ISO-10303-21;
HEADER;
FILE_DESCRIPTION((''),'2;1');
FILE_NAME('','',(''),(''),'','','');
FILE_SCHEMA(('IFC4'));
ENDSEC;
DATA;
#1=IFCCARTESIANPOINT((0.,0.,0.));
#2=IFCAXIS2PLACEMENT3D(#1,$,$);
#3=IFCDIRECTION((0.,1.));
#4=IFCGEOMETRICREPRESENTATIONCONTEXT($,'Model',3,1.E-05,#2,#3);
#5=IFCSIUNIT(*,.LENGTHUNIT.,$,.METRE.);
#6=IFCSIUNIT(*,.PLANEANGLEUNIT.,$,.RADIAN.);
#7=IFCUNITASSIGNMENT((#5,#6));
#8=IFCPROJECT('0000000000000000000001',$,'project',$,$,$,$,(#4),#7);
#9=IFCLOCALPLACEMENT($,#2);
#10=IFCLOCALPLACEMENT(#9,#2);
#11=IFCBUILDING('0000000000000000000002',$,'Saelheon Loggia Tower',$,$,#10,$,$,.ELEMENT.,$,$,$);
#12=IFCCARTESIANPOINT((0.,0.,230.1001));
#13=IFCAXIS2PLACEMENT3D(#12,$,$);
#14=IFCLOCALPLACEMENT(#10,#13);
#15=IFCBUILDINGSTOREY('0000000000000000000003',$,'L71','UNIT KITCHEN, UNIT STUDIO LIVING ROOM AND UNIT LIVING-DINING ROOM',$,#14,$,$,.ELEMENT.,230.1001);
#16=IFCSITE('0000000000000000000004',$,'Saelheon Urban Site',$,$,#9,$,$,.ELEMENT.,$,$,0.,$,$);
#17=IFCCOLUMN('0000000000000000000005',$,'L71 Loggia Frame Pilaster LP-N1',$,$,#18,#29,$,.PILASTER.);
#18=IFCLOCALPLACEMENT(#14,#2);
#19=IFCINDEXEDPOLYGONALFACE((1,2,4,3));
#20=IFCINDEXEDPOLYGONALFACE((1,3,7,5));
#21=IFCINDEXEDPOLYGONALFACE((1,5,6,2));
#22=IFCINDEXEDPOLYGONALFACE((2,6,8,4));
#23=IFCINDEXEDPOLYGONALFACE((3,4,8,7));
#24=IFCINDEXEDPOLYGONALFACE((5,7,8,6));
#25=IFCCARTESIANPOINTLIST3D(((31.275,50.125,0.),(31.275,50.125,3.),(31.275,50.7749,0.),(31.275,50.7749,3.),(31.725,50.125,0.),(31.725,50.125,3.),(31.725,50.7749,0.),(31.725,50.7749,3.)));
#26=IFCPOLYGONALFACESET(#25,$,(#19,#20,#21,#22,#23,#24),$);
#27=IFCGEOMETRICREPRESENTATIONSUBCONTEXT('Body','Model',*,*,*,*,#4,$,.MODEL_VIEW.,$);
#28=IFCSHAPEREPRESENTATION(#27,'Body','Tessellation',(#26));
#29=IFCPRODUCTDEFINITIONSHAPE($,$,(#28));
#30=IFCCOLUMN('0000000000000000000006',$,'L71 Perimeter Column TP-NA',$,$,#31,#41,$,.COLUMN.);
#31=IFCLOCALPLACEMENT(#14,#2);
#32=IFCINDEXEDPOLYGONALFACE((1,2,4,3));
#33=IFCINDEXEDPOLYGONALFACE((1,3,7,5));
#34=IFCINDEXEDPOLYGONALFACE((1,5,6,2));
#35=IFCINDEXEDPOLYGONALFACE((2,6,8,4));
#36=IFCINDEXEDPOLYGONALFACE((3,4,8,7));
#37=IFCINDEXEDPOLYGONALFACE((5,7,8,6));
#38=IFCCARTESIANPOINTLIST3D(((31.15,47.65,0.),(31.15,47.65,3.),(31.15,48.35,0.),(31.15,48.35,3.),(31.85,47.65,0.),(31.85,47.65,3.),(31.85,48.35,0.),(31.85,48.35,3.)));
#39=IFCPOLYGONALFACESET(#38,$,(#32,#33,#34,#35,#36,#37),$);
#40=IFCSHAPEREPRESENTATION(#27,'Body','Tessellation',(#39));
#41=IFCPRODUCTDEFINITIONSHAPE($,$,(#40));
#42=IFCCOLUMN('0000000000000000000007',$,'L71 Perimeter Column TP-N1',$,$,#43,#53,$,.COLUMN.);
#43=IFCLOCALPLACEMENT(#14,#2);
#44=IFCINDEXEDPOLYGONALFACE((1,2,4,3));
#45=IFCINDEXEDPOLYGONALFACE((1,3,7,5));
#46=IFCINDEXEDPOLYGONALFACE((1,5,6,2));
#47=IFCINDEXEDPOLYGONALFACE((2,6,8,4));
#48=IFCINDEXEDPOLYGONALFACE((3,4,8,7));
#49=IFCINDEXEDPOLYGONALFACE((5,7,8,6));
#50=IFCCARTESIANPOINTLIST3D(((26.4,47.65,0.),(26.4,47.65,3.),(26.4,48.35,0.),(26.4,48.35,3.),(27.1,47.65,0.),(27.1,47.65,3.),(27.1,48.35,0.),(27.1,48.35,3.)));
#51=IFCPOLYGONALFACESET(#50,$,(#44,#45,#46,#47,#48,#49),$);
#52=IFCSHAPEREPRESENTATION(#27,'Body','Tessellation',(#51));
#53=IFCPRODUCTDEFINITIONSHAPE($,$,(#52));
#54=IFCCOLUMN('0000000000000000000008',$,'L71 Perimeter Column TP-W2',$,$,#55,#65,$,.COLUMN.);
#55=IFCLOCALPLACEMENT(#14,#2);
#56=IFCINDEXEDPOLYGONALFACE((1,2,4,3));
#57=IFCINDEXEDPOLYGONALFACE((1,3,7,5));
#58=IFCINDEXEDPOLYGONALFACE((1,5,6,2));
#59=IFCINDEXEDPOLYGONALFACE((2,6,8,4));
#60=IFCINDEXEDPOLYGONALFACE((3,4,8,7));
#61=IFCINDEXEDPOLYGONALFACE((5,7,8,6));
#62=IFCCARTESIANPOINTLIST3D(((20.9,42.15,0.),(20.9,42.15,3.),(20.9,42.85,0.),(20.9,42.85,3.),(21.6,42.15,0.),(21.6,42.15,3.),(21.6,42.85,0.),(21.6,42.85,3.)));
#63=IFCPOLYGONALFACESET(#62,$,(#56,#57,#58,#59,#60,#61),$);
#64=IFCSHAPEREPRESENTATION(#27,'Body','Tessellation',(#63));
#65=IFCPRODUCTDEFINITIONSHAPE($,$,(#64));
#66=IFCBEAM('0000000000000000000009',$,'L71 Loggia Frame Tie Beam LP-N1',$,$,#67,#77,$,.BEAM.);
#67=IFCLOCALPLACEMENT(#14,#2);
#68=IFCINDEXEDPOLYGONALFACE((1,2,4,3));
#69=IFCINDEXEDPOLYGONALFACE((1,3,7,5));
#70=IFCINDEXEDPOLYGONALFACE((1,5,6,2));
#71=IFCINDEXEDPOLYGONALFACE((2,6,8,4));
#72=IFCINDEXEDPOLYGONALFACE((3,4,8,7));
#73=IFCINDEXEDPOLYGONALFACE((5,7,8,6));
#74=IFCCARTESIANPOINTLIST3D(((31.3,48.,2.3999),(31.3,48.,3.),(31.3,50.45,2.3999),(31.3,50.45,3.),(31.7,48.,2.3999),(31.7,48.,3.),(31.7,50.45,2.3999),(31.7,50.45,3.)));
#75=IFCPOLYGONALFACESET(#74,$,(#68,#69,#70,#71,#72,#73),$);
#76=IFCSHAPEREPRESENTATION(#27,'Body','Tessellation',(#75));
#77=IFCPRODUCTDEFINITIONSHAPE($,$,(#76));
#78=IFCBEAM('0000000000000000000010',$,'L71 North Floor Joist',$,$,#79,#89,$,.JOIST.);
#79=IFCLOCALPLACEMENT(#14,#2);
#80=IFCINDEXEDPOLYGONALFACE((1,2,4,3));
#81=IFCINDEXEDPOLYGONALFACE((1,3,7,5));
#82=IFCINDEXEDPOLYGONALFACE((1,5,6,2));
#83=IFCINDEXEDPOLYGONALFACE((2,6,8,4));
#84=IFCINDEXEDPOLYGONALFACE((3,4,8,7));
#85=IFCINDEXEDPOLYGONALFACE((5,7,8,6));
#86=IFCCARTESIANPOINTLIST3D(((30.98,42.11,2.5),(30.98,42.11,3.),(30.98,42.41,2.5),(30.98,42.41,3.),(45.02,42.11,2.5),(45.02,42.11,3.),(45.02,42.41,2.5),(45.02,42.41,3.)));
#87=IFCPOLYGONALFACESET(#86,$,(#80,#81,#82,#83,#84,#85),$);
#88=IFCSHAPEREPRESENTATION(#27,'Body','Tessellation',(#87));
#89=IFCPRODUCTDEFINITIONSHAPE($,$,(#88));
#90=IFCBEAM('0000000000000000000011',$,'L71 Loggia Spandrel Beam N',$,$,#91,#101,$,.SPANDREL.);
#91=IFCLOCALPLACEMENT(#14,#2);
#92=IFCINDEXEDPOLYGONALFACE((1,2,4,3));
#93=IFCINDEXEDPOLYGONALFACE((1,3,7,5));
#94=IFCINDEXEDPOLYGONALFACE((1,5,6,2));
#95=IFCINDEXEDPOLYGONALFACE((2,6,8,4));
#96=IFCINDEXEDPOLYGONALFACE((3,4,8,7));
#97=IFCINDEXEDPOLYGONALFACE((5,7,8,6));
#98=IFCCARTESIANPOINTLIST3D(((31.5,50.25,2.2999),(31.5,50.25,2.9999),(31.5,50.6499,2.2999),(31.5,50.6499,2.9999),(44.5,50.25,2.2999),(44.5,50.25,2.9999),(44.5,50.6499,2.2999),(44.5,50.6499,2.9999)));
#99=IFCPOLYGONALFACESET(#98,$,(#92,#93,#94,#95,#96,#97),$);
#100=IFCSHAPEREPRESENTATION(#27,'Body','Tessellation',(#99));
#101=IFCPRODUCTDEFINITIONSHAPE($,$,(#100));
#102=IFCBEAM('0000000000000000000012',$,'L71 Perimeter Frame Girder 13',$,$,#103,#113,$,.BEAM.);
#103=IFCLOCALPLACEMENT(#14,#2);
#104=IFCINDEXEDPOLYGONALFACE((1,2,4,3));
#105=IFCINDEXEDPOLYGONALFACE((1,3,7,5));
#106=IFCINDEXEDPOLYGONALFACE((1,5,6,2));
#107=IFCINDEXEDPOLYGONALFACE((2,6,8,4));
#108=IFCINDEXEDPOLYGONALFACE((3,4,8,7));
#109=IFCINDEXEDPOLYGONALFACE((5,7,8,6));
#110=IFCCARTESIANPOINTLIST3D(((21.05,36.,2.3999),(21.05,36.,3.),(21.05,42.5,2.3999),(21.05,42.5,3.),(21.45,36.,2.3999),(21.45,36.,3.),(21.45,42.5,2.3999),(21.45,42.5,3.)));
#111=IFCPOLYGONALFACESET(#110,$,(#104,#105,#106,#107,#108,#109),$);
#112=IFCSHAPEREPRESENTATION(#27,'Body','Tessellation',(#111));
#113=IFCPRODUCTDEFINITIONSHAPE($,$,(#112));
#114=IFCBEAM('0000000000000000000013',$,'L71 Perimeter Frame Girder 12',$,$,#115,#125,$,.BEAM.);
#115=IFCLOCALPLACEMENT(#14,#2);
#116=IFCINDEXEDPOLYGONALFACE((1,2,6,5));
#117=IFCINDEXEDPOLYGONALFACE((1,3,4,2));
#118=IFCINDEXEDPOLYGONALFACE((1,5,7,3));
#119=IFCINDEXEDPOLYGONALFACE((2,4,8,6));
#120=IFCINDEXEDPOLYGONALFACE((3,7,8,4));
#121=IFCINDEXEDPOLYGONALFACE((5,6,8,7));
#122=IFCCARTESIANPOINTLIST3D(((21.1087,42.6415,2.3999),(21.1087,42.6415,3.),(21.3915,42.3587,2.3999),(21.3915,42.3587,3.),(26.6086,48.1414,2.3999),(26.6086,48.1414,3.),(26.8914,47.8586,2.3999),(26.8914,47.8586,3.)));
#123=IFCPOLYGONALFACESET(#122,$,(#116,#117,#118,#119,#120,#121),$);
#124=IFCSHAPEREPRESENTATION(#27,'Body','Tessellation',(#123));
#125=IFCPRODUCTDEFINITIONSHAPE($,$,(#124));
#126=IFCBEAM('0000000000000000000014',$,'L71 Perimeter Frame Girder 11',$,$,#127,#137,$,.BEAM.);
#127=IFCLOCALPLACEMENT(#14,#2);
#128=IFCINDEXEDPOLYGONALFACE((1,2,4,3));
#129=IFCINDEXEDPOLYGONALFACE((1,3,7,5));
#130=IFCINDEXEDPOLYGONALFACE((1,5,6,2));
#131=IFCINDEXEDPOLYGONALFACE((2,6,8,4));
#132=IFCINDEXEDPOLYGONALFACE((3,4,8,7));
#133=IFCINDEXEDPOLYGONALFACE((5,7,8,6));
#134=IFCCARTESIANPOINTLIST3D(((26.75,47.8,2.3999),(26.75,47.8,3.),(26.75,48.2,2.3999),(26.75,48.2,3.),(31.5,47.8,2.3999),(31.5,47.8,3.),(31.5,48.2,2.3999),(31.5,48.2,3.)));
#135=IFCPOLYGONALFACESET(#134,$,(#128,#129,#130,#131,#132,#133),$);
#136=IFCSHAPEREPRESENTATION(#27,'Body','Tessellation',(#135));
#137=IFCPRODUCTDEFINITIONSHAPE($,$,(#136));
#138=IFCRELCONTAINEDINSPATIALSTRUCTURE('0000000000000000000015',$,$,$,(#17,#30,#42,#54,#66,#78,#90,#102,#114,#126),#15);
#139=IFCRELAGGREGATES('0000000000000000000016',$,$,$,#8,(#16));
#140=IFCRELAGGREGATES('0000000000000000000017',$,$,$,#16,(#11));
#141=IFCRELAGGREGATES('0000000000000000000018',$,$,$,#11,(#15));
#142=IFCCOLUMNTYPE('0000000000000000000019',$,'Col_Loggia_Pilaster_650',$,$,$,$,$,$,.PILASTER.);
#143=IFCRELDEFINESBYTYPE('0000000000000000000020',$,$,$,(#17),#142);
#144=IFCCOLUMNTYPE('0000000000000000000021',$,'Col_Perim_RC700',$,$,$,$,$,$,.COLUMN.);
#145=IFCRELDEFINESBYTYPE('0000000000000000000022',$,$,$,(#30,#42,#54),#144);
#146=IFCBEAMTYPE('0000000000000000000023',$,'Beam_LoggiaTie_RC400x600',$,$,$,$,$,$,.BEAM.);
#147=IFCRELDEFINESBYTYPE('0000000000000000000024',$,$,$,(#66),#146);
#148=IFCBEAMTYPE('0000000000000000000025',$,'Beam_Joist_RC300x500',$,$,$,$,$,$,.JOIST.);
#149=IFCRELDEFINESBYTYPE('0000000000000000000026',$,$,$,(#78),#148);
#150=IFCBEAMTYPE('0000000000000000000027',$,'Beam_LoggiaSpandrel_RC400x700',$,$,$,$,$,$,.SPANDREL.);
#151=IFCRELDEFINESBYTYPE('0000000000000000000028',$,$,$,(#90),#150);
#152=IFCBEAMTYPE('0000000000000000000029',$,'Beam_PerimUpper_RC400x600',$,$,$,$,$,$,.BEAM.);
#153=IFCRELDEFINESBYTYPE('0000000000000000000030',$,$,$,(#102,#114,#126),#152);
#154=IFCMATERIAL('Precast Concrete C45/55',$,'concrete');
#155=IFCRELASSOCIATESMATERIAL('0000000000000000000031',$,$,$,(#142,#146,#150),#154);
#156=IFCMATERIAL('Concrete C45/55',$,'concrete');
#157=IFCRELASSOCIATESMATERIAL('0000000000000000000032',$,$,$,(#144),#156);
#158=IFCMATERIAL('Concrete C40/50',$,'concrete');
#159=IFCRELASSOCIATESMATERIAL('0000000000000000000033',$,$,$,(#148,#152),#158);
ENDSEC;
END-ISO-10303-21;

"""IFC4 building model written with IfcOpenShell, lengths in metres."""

from ifc_helpers import new_model, si_unit, direction, frame, origin, origin_2d, place, context, subcontext, project, spatial, rectangle, extrude, source, transform, mapped, material, material_profile, profile_set, type_object, element, save


model = new_model("IFC4")

# Units and contexts
model_context = context("Model", 3, precision=1e-05, world=origin(), true_north=direction((0.0, 1.0)))
body_context = subcontext(model_context, "Body", "Model", "MODEL_VIEW")
ifc_project = project(units=[si_unit("LENGTHUNIT", "METRE"), si_unit("PLANEANGLEUNIT", "RADIAN")], contexts=[model_context])

# Site, building, storey
site_placement = place(None, origin())
site = spatial("IfcSite", under=ifc_project, at=site_placement, Name="Saelheon Urban Site", CompositionType="ELEMENT", RefElevation=0.0)
building_placement = place(site_placement, origin())
building = spatial("IfcBuilding", under=site, at=building_placement, Name="Saelheon Loggia Tower", CompositionType="ELEMENT")
storey_placement = place(building_placement, frame((0.0, 0.0, 230.1001)))
storey = spatial("IfcBuildingStorey", under=building, at=storey_placement, Name="L71", Description="UNIT KITCHEN, UNIT STUDIO LIVING ROOM AND UNIT LIVING-DINING ROOM", CompositionType="ELEMENT", Elevation=230.1001)

# Columns
ifc_material_1 = material(Name="Precast Concrete C45/55", Category="concrete")
ifc_material_profile_1 = material_profile(ifc_material_1, rectangle(XDim=0.45, YDim=0.6499, at=origin_2d()), Name="RC-450x650")
ifc_profile_set_1 = profile_set([ifc_material_profile_1], Name="Precast Concrete C45/55")
column_type_1 = type_object("IfcColumnType", Name="Col_Loggia_Pilaster_650", PredefinedType="PILASTER", material=ifc_profile_set_1)
shared_shape_1 = source(origin(), body_context, "Body", "SweptSolid", [
    extrude(rectangle(XDim=0.45, YDim=0.6499, at=origin_2d()), origin(), (0.0, 0.0, 1.0), 3.0),
])
column_placement = place(storey_placement, frame((31.5, 50.45, 0.0), z_axis=(0.0, 0.0, 1.0), x_axis=(1.0, 0.0, 0.0)))
element("IfcColumn", 1, at=column_placement, inside=storey, type_object=column_type_1, Name="L71 Loggia Frame Pilaster LP-N1", PredefinedType="PILASTER", context=body_context, shape_type="MappedRepresentation", body=[
    mapped(shared_shape_1, transform((0.0, 0.0, 0.0), scale=1.0)),
])
ifc_material_2 = material(Name="Concrete C45/55", Category="concrete")
ifc_material_profile_2 = material_profile(ifc_material_2, rectangle(XDim=0.7, YDim=0.7, at=origin_2d()), Name="RC-700x700")
ifc_profile_set_2 = profile_set([ifc_material_profile_2], Name="Concrete C45/55")
column_type_2 = type_object("IfcColumnType", Name="Col_Perim_RC700", PredefinedType="COLUMN", material=ifc_profile_set_2)
shared_shape_2 = source(origin(), body_context, "Body", "SweptSolid", [
    extrude(rectangle(XDim=0.7, YDim=0.7, at=origin_2d()), origin(), (0.0, 0.0, 1.0), 3.0),
])
for number, where, z_axis, x_axis, name in (
    (2, (31.5, 48.0, 0.0), (0.0, 0.0, 1.0), (1.0, 0.0, 0.0), "L71 Perimeter Column TP-NA"),
    (3, (26.75, 48.0, 0.0), (0.0, 0.0, 1.0), (1.0, 0.0, 0.0), "L71 Perimeter Column TP-N1"),
    (4, (21.25, 42.5, 0.0), (0.0, 0.0, 1.0), (1.0, 0.0, 0.0), "L71 Perimeter Column TP-W2"),
):
    element("IfcColumn", number, at=place(storey_placement, frame(where, z_axis=z_axis, x_axis=x_axis)), inside=storey, type_object=column_type_2, Name=name, PredefinedType="COLUMN", context=body_context, shape_type="MappedRepresentation", body=[
        mapped(shared_shape_2, transform((0.0, 0.0, 0.0), scale=1.0)),
    ])

# Beams
ifc_material_profile_3 = material_profile(ifc_material_1, rectangle(XDim=0.3999, YDim=0.6001, at=origin_2d()), Name="RC-400x600")
ifc_profile_set_3 = profile_set([ifc_material_profile_3], Name="Precast Concrete C45/55")
beam_type_1 = type_object("IfcBeamType", Name="Beam_LoggiaTie_RC400x600", PredefinedType="BEAM", material=ifc_profile_set_3)
shared_shape_3 = source(origin(), body_context, "Body", "SweptSolid", [
    extrude(rectangle(XDim=0.3999, YDim=0.6001, at=origin_2d()), origin(), (0.0, 0.0, 1.0), 2.45),
])
beam_1_placement = place(storey_placement, frame((31.5, 48.0, 2.7), z_axis=(0.0, 1.0, 0.0), x_axis=(-1.0, 0.0, 0.0)))
element("IfcBeam", 5, at=beam_1_placement, inside=storey, type_object=beam_type_1, Name="L71 Loggia Frame Tie Beam LP-N1", PredefinedType="BEAM", context=body_context, shape_type="MappedRepresentation", body=[
    mapped(shared_shape_3, transform((0.0, 0.0, 0.0), scale=1.0)),
])
ifc_material_3 = material(Name="Concrete C40/50", Category="concrete")
ifc_material_profile_4 = material_profile(ifc_material_3, rectangle(XDim=0.3, YDim=0.5, at=origin_2d()), Name="RC-300x500")
ifc_profile_set_4 = profile_set([ifc_material_profile_4], Name="Concrete C40/50")
beam_type_2 = type_object("IfcBeamType", Name="Beam_Joist_RC300x500", PredefinedType="JOIST", material=ifc_profile_set_4)
shared_shape_4 = source(origin(), body_context, "Body", "SweptSolid", [
    extrude(rectangle(XDim=0.3, YDim=0.5, at=origin_2d()), origin(), (0.0, 0.0, 1.0), 14.04),
])
beam_2_placement = place(storey_placement, frame((30.98, 42.26, 2.75), z_axis=(1.0, 0.0, 0.0), x_axis=(0.0, 1.0, 0.0)))
element("IfcBeam", 6, at=beam_2_placement, inside=storey, type_object=beam_type_2, Name="L71 North Floor Joist", PredefinedType="JOIST", context=body_context, shape_type="MappedRepresentation", body=[
    mapped(shared_shape_4, transform((0.0, 0.0, 0.0), scale=1.0)),
])
ifc_material_profile_5 = material_profile(ifc_material_1, rectangle(XDim=0.3999, YDim=0.7, at=origin_2d()), Name="RC-400x700")
ifc_profile_set_5 = profile_set([ifc_material_profile_5], Name="Precast Concrete C45/55")
beam_type_3 = type_object("IfcBeamType", Name="Beam_LoggiaSpandrel_RC400x700", PredefinedType="SPANDREL", material=ifc_profile_set_5)
shared_shape_5 = source(origin(), body_context, "Body", "SweptSolid", [
    extrude(rectangle(XDim=0.3999, YDim=0.7, at=origin_2d()), origin(), (0.0, 0.0, 1.0), 13.0),
])
beam_3_placement = place(storey_placement, frame((31.5, 50.45, 2.6499), z_axis=(1.0, 0.0, 0.0), x_axis=(0.0, 1.0, 0.0)))
element("IfcBeam", 7, at=beam_3_placement, inside=storey, type_object=beam_type_3, Name="L71 Loggia Spandrel Beam N", PredefinedType="SPANDREL", context=body_context, shape_type="MappedRepresentation", body=[
    mapped(shared_shape_5, transform((0.0, 0.0, 0.0), scale=1.0)),
])
ifc_material_profile_6 = material_profile(ifc_material_3, rectangle(XDim=0.3999, YDim=0.6001, at=origin_2d()), Name="RC-400x600")
ifc_profile_set_6 = profile_set([ifc_material_profile_6], Name="Concrete C40/50")
beam_type_4 = type_object("IfcBeamType", Name="Beam_PerimUpper_RC400x600", PredefinedType="BEAM", material=ifc_profile_set_6)
shared_shape_6 = source(origin(), body_context, "Body", "SweptSolid", [
    extrude(rectangle(XDim=0.3999, YDim=0.6001, at=origin_2d()), origin(), (0.0, 0.0, 1.0), 6.5),
])
beam_4_placement = place(storey_placement, frame((21.25, 42.5, 2.7), z_axis=(0.0, -1.0, 0.0), x_axis=(1.0, 0.0, 0.0)))
element("IfcBeam", 8, at=beam_4_placement, inside=storey, type_object=beam_type_4, Name="L71 Perimeter Frame Girder 13", PredefinedType="BEAM", context=body_context, shape_type="MappedRepresentation", body=[
    mapped(shared_shape_6, transform((0.0, 0.0, 0.0), scale=1.0)),
])
shared_shape_7 = source(origin(), body_context, "Body", "SweptSolid", [
    extrude(rectangle(XDim=0.3999, YDim=0.6001, at=origin_2d()), origin(), (0.0, 0.0, 1.0), 7.7781),
])
beam_5_placement = place(storey_placement, frame((26.75, 48.0, 2.7), z_axis=(-0.707107, -0.707107, 0.0), x_axis=(0.707107, -0.707107, 0.0)))
element("IfcBeam", 9, at=beam_5_placement, inside=storey, type_object=beam_type_4, Name="L71 Perimeter Frame Girder 12", PredefinedType="BEAM", context=body_context, shape_type="MappedRepresentation", body=[
    mapped(shared_shape_7, transform((0.0, 0.0, 0.0), scale=1.0)),
])
shared_shape_8 = source(origin(), body_context, "Body", "SweptSolid", [
    extrude(rectangle(XDim=0.3999, YDim=0.6001, at=origin_2d()), origin(), (0.0, 0.0, 1.0), 4.75),
])
beam_6_placement = place(storey_placement, frame((31.5, 48.0, 2.7), z_axis=(-1.0, 0.0, 0.0), x_axis=(0.0, -1.0, 0.0)))
element("IfcBeam", 10, at=beam_6_placement, inside=storey, type_object=beam_type_4, Name="L71 Perimeter Frame Girder 11", PredefinedType="BEAM", context=body_context, shape_type="MappedRepresentation", body=[
    mapped(shared_shape_8, transform((0.0, 0.0, 0.0), scale=1.0)),
])

save(model, "model.ifc")
